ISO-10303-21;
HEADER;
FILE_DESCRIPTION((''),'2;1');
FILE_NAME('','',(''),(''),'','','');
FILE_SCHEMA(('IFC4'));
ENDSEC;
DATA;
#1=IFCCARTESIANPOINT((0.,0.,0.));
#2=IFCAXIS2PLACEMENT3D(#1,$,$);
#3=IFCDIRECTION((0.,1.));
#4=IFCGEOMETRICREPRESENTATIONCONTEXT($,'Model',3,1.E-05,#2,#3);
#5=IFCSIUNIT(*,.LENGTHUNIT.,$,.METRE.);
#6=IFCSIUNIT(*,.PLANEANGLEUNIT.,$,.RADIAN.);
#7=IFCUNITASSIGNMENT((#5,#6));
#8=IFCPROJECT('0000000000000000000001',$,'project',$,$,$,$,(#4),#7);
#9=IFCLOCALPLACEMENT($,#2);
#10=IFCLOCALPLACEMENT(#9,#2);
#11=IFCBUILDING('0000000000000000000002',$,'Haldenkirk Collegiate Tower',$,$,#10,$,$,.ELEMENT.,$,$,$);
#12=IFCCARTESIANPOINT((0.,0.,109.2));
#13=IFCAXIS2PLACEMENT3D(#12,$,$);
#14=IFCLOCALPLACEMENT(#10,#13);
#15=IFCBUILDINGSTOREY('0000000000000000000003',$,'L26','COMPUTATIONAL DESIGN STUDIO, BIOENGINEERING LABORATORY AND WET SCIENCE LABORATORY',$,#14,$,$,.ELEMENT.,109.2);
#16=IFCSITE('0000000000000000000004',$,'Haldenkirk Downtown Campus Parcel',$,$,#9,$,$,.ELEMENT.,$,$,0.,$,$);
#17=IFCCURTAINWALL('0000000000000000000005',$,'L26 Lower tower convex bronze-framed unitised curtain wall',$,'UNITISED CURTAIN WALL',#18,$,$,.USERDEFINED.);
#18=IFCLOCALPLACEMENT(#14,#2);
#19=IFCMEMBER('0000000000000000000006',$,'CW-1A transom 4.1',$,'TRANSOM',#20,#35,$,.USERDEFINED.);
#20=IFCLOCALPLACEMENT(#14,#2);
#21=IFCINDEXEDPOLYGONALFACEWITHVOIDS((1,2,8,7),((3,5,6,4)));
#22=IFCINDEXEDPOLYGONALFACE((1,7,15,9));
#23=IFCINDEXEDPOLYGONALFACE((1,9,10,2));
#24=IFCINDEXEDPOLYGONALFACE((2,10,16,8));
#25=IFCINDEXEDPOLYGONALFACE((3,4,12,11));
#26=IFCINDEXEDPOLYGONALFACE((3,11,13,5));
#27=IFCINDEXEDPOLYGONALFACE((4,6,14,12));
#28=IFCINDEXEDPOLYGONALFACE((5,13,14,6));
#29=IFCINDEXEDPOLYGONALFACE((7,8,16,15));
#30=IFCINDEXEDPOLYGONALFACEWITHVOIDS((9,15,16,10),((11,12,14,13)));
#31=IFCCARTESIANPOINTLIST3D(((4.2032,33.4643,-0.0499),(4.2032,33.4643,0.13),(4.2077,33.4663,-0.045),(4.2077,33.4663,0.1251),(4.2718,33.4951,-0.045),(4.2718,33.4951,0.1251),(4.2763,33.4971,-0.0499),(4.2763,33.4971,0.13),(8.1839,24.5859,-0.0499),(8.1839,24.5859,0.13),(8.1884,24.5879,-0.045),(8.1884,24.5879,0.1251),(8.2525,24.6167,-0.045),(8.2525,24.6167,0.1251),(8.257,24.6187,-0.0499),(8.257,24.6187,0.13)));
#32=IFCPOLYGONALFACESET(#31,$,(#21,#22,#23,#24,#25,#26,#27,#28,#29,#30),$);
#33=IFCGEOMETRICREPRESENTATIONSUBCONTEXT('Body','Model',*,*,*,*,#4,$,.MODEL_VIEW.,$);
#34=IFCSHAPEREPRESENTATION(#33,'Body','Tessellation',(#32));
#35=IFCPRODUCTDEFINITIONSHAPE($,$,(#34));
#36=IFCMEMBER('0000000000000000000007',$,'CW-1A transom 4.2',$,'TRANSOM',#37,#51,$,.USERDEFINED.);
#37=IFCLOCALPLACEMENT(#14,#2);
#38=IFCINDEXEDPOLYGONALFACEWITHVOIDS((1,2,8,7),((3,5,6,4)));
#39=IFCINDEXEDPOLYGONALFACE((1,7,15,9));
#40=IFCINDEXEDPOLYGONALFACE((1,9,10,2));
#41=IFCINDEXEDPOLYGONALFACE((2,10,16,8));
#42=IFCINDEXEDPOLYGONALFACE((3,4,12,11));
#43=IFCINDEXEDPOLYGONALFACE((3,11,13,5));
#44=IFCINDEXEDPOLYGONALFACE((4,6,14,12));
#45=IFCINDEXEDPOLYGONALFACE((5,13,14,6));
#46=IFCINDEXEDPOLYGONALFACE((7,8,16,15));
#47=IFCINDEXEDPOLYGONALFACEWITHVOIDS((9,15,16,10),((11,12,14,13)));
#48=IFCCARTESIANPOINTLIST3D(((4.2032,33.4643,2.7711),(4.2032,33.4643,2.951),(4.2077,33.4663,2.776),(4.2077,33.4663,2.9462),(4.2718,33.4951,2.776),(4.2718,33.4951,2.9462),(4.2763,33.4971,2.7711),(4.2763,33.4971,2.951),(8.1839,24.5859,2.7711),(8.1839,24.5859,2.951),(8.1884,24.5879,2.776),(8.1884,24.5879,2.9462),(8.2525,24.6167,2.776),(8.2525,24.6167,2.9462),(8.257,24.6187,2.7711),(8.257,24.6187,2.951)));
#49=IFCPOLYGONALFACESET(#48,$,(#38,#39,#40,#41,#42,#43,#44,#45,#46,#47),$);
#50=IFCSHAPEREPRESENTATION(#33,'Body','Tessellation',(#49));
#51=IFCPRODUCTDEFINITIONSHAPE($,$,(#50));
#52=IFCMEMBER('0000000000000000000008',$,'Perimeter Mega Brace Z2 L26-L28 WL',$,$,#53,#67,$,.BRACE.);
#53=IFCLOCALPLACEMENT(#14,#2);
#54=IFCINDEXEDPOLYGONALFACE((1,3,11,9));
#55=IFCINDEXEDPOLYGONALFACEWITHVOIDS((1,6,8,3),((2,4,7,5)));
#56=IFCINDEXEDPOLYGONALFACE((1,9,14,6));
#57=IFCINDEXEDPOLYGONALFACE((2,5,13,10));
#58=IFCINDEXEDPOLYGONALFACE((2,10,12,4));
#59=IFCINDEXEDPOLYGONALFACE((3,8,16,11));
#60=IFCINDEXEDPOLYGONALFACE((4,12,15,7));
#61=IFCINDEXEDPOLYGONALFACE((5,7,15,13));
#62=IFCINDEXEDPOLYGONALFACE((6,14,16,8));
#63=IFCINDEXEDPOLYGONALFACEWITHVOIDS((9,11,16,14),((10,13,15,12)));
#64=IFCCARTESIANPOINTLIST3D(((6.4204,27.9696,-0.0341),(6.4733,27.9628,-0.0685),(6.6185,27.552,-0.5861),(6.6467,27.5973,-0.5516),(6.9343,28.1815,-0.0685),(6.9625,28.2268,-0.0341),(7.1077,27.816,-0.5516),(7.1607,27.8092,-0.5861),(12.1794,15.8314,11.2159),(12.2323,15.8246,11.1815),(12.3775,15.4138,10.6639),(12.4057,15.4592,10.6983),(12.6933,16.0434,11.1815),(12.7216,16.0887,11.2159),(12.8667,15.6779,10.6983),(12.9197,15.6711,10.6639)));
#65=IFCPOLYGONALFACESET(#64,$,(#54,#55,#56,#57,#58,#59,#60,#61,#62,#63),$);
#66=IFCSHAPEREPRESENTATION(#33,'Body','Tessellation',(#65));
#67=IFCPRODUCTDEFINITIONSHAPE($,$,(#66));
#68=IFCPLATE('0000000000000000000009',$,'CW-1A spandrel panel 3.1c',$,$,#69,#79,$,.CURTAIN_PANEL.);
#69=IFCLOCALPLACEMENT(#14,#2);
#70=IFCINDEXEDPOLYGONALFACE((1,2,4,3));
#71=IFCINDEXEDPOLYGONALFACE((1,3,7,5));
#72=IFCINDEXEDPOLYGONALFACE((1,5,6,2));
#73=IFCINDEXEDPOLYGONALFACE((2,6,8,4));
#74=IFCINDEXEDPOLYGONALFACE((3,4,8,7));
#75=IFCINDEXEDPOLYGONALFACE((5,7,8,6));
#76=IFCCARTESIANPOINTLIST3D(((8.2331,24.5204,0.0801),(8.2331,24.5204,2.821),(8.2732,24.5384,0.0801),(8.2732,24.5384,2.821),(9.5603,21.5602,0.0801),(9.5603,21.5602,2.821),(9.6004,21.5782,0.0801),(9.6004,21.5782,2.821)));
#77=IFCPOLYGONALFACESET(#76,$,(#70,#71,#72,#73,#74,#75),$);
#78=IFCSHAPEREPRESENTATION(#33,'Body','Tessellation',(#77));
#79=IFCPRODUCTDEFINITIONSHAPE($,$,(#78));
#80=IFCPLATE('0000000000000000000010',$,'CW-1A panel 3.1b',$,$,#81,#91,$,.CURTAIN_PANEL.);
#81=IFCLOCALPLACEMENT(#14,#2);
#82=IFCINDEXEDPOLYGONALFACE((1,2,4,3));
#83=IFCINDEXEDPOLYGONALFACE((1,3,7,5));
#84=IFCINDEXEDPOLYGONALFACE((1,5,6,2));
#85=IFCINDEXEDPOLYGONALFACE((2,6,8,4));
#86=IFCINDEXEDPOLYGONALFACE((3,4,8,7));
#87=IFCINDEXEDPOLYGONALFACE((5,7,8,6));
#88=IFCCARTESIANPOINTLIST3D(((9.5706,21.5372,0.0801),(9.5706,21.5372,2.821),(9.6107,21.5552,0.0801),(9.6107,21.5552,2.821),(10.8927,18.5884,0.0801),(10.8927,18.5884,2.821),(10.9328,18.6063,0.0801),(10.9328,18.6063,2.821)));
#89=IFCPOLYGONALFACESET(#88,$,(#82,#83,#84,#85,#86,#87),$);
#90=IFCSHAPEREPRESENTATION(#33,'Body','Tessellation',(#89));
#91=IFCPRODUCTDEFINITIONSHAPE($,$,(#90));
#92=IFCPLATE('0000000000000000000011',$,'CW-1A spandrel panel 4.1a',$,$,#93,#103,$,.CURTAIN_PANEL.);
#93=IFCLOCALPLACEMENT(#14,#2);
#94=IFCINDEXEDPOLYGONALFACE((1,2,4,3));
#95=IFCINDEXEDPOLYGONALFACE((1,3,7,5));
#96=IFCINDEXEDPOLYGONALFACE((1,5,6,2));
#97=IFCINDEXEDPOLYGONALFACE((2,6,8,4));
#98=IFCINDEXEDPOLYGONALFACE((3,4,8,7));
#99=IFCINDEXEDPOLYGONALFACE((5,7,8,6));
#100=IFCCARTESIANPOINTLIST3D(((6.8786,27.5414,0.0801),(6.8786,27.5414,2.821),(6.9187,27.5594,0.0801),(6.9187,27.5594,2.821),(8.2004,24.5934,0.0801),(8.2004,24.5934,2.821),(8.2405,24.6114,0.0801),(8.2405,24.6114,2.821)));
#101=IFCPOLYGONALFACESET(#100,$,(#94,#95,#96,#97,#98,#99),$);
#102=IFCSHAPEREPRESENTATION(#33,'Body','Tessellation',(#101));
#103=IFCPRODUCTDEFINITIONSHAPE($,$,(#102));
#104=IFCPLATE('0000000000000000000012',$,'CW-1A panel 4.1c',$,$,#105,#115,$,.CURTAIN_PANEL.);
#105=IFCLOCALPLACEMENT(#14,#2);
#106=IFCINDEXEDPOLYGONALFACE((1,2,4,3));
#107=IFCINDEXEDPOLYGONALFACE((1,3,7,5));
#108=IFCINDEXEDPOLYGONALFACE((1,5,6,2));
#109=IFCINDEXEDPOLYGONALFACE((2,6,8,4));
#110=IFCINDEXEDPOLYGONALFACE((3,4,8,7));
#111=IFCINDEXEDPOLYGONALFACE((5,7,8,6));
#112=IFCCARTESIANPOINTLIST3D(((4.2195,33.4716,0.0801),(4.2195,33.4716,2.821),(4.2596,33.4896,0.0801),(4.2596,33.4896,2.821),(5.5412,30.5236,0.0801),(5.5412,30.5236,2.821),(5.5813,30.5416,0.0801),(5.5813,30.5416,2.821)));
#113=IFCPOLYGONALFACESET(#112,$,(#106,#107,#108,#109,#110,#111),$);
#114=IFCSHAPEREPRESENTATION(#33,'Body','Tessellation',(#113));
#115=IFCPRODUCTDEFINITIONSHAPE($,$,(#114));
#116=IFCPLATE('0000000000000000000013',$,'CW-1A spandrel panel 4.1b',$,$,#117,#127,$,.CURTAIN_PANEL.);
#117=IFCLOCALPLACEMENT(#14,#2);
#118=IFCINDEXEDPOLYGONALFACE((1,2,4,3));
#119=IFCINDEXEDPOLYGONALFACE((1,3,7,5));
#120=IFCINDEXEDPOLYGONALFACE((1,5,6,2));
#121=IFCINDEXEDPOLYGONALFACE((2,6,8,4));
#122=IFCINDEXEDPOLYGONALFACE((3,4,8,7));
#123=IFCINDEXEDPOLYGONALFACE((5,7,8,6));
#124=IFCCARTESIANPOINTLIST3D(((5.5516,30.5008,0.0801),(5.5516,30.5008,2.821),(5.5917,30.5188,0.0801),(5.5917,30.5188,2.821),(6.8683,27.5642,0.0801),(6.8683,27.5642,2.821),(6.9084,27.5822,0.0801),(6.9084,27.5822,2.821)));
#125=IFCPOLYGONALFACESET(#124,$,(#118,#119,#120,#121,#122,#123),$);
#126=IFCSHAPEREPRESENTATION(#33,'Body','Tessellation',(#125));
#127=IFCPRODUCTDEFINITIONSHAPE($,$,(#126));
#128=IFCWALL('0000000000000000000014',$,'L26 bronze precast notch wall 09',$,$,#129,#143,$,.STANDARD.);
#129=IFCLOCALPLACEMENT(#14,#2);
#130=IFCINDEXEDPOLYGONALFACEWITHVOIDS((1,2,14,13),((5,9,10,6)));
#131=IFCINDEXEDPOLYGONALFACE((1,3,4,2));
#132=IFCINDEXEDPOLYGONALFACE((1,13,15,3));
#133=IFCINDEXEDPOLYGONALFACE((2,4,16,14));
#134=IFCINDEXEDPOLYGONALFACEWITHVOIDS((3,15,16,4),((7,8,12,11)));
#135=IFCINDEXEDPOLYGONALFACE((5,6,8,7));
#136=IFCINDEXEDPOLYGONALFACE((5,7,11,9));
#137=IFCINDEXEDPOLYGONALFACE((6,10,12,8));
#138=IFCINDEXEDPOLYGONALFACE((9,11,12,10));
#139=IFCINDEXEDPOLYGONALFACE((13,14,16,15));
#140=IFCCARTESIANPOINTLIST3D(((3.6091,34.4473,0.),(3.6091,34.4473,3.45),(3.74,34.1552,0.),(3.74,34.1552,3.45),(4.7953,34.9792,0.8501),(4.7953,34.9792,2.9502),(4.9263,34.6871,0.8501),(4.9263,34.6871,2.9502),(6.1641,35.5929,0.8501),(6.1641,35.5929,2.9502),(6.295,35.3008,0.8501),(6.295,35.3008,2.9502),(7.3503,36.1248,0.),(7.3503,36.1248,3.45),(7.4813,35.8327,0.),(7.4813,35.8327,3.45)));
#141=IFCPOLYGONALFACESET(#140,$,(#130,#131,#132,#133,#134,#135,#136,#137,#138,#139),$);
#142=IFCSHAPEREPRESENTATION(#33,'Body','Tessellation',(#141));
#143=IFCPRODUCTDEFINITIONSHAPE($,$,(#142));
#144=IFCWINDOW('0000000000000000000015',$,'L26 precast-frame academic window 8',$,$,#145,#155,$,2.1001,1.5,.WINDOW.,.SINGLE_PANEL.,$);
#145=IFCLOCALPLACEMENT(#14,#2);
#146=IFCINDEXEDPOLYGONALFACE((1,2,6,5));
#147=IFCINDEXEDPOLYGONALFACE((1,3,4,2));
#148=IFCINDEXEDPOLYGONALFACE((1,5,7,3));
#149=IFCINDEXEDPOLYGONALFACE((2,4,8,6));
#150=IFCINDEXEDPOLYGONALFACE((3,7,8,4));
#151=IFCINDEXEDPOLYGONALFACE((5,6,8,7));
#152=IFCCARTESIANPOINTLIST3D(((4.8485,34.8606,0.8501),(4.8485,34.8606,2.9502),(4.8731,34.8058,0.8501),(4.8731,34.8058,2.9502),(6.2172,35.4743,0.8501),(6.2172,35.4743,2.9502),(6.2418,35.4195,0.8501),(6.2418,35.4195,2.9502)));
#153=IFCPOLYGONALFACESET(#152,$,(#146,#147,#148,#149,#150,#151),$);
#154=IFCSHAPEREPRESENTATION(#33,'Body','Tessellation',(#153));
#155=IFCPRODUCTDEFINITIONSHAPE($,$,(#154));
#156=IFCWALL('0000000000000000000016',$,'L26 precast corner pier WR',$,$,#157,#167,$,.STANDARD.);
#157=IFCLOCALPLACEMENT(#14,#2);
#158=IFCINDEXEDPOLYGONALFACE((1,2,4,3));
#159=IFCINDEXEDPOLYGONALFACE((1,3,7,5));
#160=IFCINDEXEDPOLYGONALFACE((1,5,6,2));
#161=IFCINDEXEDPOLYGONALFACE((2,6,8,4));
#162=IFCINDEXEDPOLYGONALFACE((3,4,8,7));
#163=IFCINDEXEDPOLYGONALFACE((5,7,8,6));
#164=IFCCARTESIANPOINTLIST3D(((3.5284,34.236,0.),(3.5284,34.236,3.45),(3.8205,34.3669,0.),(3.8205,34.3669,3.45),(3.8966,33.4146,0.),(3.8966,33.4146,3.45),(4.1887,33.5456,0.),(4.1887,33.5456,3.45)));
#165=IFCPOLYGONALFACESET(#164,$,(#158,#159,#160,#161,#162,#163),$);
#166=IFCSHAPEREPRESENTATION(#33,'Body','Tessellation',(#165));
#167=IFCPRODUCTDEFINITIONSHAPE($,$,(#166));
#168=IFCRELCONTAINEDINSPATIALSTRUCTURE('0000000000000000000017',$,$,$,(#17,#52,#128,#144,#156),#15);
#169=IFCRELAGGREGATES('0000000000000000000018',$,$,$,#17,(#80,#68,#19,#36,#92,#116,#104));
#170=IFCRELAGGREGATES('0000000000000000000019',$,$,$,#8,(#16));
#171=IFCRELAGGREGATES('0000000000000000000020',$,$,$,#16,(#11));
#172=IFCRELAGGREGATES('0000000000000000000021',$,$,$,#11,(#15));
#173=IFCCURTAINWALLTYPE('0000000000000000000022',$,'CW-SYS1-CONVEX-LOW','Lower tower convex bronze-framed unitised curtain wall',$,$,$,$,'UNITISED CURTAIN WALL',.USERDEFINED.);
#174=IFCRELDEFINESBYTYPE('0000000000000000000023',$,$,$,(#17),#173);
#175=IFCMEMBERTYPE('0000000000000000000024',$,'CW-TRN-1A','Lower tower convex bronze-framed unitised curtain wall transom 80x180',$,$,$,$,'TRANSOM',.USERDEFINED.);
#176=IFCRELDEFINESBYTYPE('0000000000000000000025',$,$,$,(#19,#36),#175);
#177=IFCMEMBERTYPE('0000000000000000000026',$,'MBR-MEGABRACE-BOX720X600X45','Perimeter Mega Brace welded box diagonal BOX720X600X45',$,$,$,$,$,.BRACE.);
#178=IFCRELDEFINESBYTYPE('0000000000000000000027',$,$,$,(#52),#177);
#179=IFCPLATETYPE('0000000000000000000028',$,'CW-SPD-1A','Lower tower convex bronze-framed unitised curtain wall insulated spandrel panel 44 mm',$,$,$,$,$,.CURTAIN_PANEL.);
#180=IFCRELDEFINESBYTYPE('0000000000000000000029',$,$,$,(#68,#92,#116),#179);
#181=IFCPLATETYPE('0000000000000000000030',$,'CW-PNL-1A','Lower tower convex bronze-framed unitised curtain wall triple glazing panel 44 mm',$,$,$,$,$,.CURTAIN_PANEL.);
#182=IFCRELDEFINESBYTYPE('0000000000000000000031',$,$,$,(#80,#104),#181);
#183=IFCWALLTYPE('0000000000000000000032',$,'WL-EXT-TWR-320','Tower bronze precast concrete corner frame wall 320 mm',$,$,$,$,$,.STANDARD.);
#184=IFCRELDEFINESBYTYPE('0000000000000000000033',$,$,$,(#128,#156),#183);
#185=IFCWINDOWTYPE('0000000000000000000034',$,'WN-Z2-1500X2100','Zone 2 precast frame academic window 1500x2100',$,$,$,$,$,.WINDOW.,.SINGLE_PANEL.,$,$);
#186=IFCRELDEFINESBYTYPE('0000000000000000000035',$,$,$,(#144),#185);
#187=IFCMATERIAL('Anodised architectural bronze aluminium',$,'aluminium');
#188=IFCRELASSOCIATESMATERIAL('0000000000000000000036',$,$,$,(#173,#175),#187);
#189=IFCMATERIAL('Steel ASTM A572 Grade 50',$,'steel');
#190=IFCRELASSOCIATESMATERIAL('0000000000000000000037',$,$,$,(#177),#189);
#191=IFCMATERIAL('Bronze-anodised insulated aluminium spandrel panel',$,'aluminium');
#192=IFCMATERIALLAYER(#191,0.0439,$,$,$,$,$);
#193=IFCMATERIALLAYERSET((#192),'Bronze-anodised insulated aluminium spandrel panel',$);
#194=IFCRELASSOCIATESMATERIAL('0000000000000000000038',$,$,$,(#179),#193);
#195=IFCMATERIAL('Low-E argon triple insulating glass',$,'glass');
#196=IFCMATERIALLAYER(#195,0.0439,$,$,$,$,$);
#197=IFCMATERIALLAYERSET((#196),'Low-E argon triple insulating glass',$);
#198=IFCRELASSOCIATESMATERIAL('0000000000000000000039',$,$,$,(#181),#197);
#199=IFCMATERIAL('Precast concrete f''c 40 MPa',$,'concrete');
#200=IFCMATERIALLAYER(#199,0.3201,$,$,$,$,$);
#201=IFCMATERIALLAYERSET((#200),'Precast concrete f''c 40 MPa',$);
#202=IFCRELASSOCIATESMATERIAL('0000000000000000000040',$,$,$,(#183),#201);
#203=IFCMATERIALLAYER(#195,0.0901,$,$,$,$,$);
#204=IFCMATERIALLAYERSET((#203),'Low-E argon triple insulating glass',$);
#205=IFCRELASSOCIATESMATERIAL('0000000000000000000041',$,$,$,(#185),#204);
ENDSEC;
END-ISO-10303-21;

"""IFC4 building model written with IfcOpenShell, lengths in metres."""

from ifc_helpers import new_model, si_unit, direction, frame, frame_2d, origin, origin_2d, place, context, subcontext, project, spatial, rectangle, hollow_rectangle, extrude, source, transform, mapped, material, layer, layer_set, material_profile, profile_set, type_object, element, fill, aggregate, save


model = new_model("IFC4")

# Units and contexts
model_context = context("Model", 3, precision=1e-05, world=origin(), true_north=direction((0.0, 1.0)))
body_context = subcontext(model_context, "Body", "Model", "MODEL_VIEW")
ifc_project = project(units=[si_unit("LENGTHUNIT", "METRE"), si_unit("PLANEANGLEUNIT", "RADIAN")], contexts=[model_context])

# Site, building, storey
site_placement = place(None, origin())
site = spatial("IfcSite", under=ifc_project, at=site_placement, Name="Haldenkirk Downtown Campus Parcel", CompositionType="ELEMENT", RefElevation=0.0)
building_placement = place(site_placement, origin())
building = spatial("IfcBuilding", under=site, at=building_placement, Name="Haldenkirk Collegiate Tower", CompositionType="ELEMENT")
storey_placement = place(building_placement, frame((0.0, 0.0, 109.2)))
storey = spatial("IfcBuildingStorey", under=building, at=storey_placement, Name="L26", Description="COMPUTATIONAL DESIGN STUDIO, BIOENGINEERING LABORATORY AND WET SCIENCE LABORATORY", CompositionType="ELEMENT", Elevation=109.2)

# Shared definitions
ifc_material_1 = material(Name="Steel ASTM A572 Grade 50", Category="steel")

# Curtain wall, members
ifc_material_2 = material(Name="Anodised architectural bronze aluminium", Category="aluminium")
curtain_wall_type = type_object("IfcCurtainWallType", Name="CW-SYS1-CONVEX-LOW", Description="Lower tower convex bronze-framed unitised curtain wall", ElementType="UNITISED CURTAIN WALL", PredefinedType="USERDEFINED", material=ifc_material_2)
curtain_wall_placement = place(storey_placement, origin())
curtain_wall = element("IfcCurtainWall", 1, at=curtain_wall_placement, inside=storey, type_object=curtain_wall_type, Name="L26 Lower tower convex bronze-framed unitised curtain wall", ObjectType="UNITISED CURTAIN WALL", PredefinedType="USERDEFINED")
ifc_material_profile_1 = material_profile(ifc_material_2, hollow_rectangle(XDim=0.0801, YDim=0.1799, WallThickness=0.0049, at=origin_2d()), Name="CW-TRN-1A")
ifc_profile_set_1 = profile_set([ifc_material_profile_1], Name="Anodised architectural bronze aluminium")
member_type_1 = type_object("IfcMemberType", Name="CW-TRN-1A", Description="Lower tower convex bronze-framed unitised curtain wall transom 80x180", ElementType="TRANSOM", PredefinedType="USERDEFINED", material=ifc_profile_set_1)
member_1_placement = place(storey_placement, frame((8.2205, 24.6023, 0.04), z_axis=(-0.409119, 0.912481, 0.0), x_axis=(-0.912481, -0.409119, 0.0)))
member_1 = element("IfcMember", 2, at=member_1_placement, type_object=member_type_1, Name="CW-1A transom 4.1", ObjectType="TRANSOM", PredefinedType="USERDEFINED", context=body_context, shape_type="SweptSolid", body=[
    extrude(hollow_rectangle(XDim=0.0801, YDim=0.1799, WallThickness=0.0049, at=origin_2d()), origin(), (0.0, 0.0, 1.0), 9.73),
])
member_2_placement = place(storey_placement, frame((8.2205, 24.6023, 2.8611), z_axis=(-0.409119, 0.912481, 0.0), x_axis=(-0.912481, -0.409119, 0.0)))
member_2 = element("IfcMember", 3, at=member_2_placement, type_object=member_type_1, Name="CW-1A transom 4.2", ObjectType="TRANSOM", PredefinedType="USERDEFINED", context=body_context, shape_type="SweptSolid", body=[
    extrude(hollow_rectangle(XDim=0.0801, YDim=0.1799, WallThickness=0.0049, at=origin_2d()), origin(), (0.0, 0.0, 1.0), 9.73),
])

# Member
ifc_material_profile_2 = material_profile(ifc_material_1, hollow_rectangle(XDim=0.6001, YDim=0.72, WallThickness=0.0449, at=origin_2d()), Name="BOX720X600X45")
ifc_profile_set_2 = profile_set([ifc_material_profile_2], Name="Steel ASTM A572 Grade 50")
member_type_2 = type_object("IfcMemberType", Name="MBR-MEGABRACE-BOX720X600X45", Description="Perimeter Mega Brace welded box diagonal BOX720X600X45", PredefinedType="BRACE", material=ifc_profile_set_2)
member_3_placement = place(storey_placement, frame((6.7905, 27.8894, -0.3101), z_axis=(0.328651, -0.69269, 0.642004), x_axis=(0.903468, 0.428656, 0.0)))
element("IfcMember", 4, at=member_3_placement, inside=storey, type_object=member_type_2, Name="Perimeter Mega Brace Z2 L26-L28 WL", PredefinedType="BRACE", context=body_context, shape_type="SweptSolid", body=[
    extrude(hollow_rectangle(XDim=0.6001, YDim=0.72, WallThickness=0.0449, at=origin_2d()), origin(), (0.0, 0.0, 1.0), 17.5232),
])

# Plates
ifc_material_3 = material(Name="Bronze-anodised insulated aluminium spandrel panel", Category="aluminium")
ifc_layer_1 = layer(ifc_material_3, 0.0439)
ifc_layer_set_1 = layer_set([ifc_layer_1], Name="Bronze-anodised insulated aluminium spandrel panel")
plate_type_1 = type_object("IfcPlateType", Name="CW-SPD-1A", Description="Lower tower convex bronze-framed unitised curtain wall insulated spandrel panel 44 mm", PredefinedType="CURTAIN_PANEL", material=ifc_layer_set_1)
shared_shape_1 = source(origin(), body_context, "Body", "SweptSolid", [
    extrude(rectangle(XDim=3.2441, YDim=0.0439, at=origin_2d()), origin(), (0.0, 0.0, 1.0), 2.741),
])
plate_1_placement = place(storey_placement, frame((8.9167, 23.0493, 0.0801), z_axis=(0.0, 0.0, 1.0), x_axis=(-0.409126, 0.912478, 0.0)))
plate_1 = element("IfcPlate", 5, at=plate_1_placement, type_object=plate_type_1, Name="CW-1A spandrel panel 3.1c", PredefinedType="CURTAIN_PANEL", context=body_context, shape_type="MappedRepresentation", body=[
    mapped(shared_shape_1, transform((0.0, 0.0, 0.0), x_axis=(1.0, 0.0, 0.0), y_axis=(0.0, 1.0, 0.0), z_axis=(0.0, 0.0, 1.0), scale=1.0)),
])
ifc_material_4 = material(Name="Low-E argon triple insulating glass", Category="glass")
ifc_layer_2 = layer(ifc_material_4, 0.0439)
ifc_layer_set_2 = layer_set([ifc_layer_2], Name="Low-E argon triple insulating glass")
plate_type_2 = type_object("IfcPlateType", Name="CW-PNL-1A", Description="Lower tower convex bronze-framed unitised curtain wall triple glazing panel 44 mm", PredefinedType="CURTAIN_PANEL", material=ifc_layer_set_2)
shared_shape_2 = source(origin(), body_context, "Body", "SweptSolid", [
    extrude(rectangle(XDim=3.2317, YDim=0.0439, at=origin_2d()), origin(), (0.0, 0.0, 1.0), 2.741),
])
plate_2_placement = place(storey_placement, frame((10.2517, 20.0718, 0.0801), z_axis=(0.0, 0.0, 1.0), x_axis=(-0.409126, 0.912478, 0.0)))
plate_2 = element("IfcPlate", 6, at=plate_2_placement, type_object=plate_type_2, Name="CW-1A panel 3.1b", PredefinedType="CURTAIN_PANEL", context=body_context, shape_type="MappedRepresentation", body=[
    mapped(shared_shape_2, transform((0.0, 0.0, 0.0), x_axis=(1.0, 0.0, 0.0), y_axis=(0.0, 1.0, 0.0), z_axis=(0.0, 0.0, 1.0), scale=1.0)),
])
shared_shape_3 = source(origin(), body_context, "Body", "SweptSolid", [
    extrude(rectangle(XDim=3.2307, YDim=0.0439, at=origin_2d()), origin(), (0.0, 0.0, 1.0), 2.741),
])
plate_3_placement = place(storey_placement, frame((7.5596, 26.0764, 0.0801), z_axis=(0.0, 0.0, 1.0), x_axis=(-0.409126, 0.912478, 0.0)))
plate_3 = element("IfcPlate", 7, at=plate_3_placement, type_object=plate_type_1, Name="CW-1A spandrel panel 4.1a", PredefinedType="CURTAIN_PANEL", context=body_context, shape_type="MappedRepresentation", body=[
    mapped(shared_shape_3, transform((0.0, 0.0, 0.0), x_axis=(1.0, 0.0, 0.0), y_axis=(0.0, 1.0, 0.0), z_axis=(0.0, 0.0, 1.0), scale=1.0)),
])
plate_4_placement = place(storey_placement, frame((4.9004, 32.0066, 0.0801), z_axis=(0.0, 0.0, 1.0), x_axis=(-0.409126, 0.912478, 0.0)))
plate_4 = element("IfcPlate", 8, at=plate_4_placement, type_object=plate_type_2, Name="CW-1A panel 4.1c", PredefinedType="CURTAIN_PANEL", context=body_context, shape_type="MappedRepresentation", body=[
    mapped(shared_shape_3, transform((0.0, 0.0, 0.0), x_axis=(1.0, 0.0, 0.0), y_axis=(0.0, 1.0, 0.0), z_axis=(0.0, 0.0, 1.0), scale=1.0)),
])
shared_shape_4 = source(origin(), body_context, "Body", "SweptSolid", [
    extrude(rectangle(XDim=3.2183, YDim=0.0439, at=origin_2d()), origin(), (0.0, 0.0, 1.0), 2.741),
])
plate_5_placement = place(storey_placement, frame((6.23, 29.0415, 0.0801), z_axis=(0.0, 0.0, 1.0), x_axis=(-0.409126, 0.912478, 0.0)))
plate_5 = element("IfcPlate", 9, at=plate_5_placement, type_object=plate_type_1, Name="CW-1A spandrel panel 4.1b", PredefinedType="CURTAIN_PANEL", context=body_context, shape_type="MappedRepresentation", body=[
    mapped(shared_shape_4, transform((0.0, 0.0, 0.0), x_axis=(1.0, 0.0, 0.0), y_axis=(0.0, 1.0, 0.0), z_axis=(0.0, 0.0, 1.0), scale=1.0)),
])
aggregate(curtain_wall, [plate_2, plate_1, member_1, member_2, plate_3, plate_5, plate_4])

# Wall, opening, window
ifc_material_5 = material(Name="Precast concrete f'c 40 MPa", Category="concrete")
ifc_layer_3 = layer(ifc_material_5, 0.3201)
ifc_layer_set_3 = layer_set([ifc_layer_3], Name="Precast concrete f'c 40 MPa")
wall_type = type_object("IfcWallType", Name="WL-EXT-TWR-320", Description="Tower bronze precast concrete corner frame wall 320 mm", PredefinedType="STANDARD", material=ifc_layer_set_3)
wall_1_placement = place(storey_placement, frame((3.6746, 34.3013, 0.0), z_axis=(0.0, 0.0, 1.0), x_axis=(0.912473, 0.409136, 0.0)))
wall_1 = element("IfcWall", 10, at=wall_1_placement, inside=storey, type_object=wall_type, Name="L26 bronze precast notch wall 09", PredefinedType="STANDARD", context=body_context, shape_type="SweptSolid", body=[
    extrude(rectangle(XDim=4.1001, YDim=0.3201, at=frame_2d((2.05, 0.0))), origin(), (0.0, 0.0, 1.0), 3.45),
])
opening_placement = place(wall_1_placement, frame((1.3, 0.0, 0.8501)))
opening = element("IfcOpeningElement", 11, at=opening_placement, cuts=wall_1, PredefinedType="OPENING", context=body_context, shape_type="SweptSolid", body=[
    extrude(rectangle(XDim=1.5, YDim=2.1001, at=frame_2d((0.75, 1.05))), frame((0.0, 0.1699, 0.0), z_axis=(0.0, -1.0, 0.0), x_axis=(1.0, 0.0, 0.0)), (0.0, 0.0, 1.0), 0.3401),
])
ifc_layer_4 = layer(ifc_material_4, 0.0901)
ifc_layer_set_4 = layer_set([ifc_layer_4], Name="Low-E argon triple insulating glass")
window_type = type_object("IfcWindowType", Name="WN-Z2-1500X2100", Description="Zone 2 precast frame academic window 1500x2100", PartitioningType="SINGLE_PANEL", PredefinedType="WINDOW", material=ifc_layer_set_4)
window_placement = place(opening_placement, origin())
window = element("IfcWindow", 12, at=window_placement, inside=storey, type_object=window_type, Name="L26 precast-frame academic window 8", OverallHeight=2.1001, OverallWidth=1.5, PartitioningType="SINGLE_PANEL", PredefinedType="WINDOW", context=body_context, shape_type="SweptSolid", body=[
    extrude(rectangle(XDim=1.5, YDim=2.1001, at=frame_2d((0.75, 1.05))), frame((0.0, 0.03, 0.0), z_axis=(0.0, -1.0, 0.0), x_axis=(1.0, 0.0, 0.0)), (0.0, 0.0, 1.0), 0.0601),
])
fill(opening, window)

# Wall
wall_2_placement = place(storey_placement, frame((4.0427, 33.48, 0.0), z_axis=(0.0, 0.0, 1.0), x_axis=(-0.409056, 0.912509, 0.0)))
element("IfcWall", 13, at=wall_2_placement, inside=storey, type_object=wall_type, Name="L26 precast corner pier WR", PredefinedType="STANDARD", context=body_context, shape_type="SweptSolid", body=[
    extrude(rectangle(XDim=0.9001, YDim=0.3201, at=frame_2d((0.4502, 0.0))), origin(), (0.0, 0.0, 1.0), 3.45),
])

save(model, "model.ifc")
